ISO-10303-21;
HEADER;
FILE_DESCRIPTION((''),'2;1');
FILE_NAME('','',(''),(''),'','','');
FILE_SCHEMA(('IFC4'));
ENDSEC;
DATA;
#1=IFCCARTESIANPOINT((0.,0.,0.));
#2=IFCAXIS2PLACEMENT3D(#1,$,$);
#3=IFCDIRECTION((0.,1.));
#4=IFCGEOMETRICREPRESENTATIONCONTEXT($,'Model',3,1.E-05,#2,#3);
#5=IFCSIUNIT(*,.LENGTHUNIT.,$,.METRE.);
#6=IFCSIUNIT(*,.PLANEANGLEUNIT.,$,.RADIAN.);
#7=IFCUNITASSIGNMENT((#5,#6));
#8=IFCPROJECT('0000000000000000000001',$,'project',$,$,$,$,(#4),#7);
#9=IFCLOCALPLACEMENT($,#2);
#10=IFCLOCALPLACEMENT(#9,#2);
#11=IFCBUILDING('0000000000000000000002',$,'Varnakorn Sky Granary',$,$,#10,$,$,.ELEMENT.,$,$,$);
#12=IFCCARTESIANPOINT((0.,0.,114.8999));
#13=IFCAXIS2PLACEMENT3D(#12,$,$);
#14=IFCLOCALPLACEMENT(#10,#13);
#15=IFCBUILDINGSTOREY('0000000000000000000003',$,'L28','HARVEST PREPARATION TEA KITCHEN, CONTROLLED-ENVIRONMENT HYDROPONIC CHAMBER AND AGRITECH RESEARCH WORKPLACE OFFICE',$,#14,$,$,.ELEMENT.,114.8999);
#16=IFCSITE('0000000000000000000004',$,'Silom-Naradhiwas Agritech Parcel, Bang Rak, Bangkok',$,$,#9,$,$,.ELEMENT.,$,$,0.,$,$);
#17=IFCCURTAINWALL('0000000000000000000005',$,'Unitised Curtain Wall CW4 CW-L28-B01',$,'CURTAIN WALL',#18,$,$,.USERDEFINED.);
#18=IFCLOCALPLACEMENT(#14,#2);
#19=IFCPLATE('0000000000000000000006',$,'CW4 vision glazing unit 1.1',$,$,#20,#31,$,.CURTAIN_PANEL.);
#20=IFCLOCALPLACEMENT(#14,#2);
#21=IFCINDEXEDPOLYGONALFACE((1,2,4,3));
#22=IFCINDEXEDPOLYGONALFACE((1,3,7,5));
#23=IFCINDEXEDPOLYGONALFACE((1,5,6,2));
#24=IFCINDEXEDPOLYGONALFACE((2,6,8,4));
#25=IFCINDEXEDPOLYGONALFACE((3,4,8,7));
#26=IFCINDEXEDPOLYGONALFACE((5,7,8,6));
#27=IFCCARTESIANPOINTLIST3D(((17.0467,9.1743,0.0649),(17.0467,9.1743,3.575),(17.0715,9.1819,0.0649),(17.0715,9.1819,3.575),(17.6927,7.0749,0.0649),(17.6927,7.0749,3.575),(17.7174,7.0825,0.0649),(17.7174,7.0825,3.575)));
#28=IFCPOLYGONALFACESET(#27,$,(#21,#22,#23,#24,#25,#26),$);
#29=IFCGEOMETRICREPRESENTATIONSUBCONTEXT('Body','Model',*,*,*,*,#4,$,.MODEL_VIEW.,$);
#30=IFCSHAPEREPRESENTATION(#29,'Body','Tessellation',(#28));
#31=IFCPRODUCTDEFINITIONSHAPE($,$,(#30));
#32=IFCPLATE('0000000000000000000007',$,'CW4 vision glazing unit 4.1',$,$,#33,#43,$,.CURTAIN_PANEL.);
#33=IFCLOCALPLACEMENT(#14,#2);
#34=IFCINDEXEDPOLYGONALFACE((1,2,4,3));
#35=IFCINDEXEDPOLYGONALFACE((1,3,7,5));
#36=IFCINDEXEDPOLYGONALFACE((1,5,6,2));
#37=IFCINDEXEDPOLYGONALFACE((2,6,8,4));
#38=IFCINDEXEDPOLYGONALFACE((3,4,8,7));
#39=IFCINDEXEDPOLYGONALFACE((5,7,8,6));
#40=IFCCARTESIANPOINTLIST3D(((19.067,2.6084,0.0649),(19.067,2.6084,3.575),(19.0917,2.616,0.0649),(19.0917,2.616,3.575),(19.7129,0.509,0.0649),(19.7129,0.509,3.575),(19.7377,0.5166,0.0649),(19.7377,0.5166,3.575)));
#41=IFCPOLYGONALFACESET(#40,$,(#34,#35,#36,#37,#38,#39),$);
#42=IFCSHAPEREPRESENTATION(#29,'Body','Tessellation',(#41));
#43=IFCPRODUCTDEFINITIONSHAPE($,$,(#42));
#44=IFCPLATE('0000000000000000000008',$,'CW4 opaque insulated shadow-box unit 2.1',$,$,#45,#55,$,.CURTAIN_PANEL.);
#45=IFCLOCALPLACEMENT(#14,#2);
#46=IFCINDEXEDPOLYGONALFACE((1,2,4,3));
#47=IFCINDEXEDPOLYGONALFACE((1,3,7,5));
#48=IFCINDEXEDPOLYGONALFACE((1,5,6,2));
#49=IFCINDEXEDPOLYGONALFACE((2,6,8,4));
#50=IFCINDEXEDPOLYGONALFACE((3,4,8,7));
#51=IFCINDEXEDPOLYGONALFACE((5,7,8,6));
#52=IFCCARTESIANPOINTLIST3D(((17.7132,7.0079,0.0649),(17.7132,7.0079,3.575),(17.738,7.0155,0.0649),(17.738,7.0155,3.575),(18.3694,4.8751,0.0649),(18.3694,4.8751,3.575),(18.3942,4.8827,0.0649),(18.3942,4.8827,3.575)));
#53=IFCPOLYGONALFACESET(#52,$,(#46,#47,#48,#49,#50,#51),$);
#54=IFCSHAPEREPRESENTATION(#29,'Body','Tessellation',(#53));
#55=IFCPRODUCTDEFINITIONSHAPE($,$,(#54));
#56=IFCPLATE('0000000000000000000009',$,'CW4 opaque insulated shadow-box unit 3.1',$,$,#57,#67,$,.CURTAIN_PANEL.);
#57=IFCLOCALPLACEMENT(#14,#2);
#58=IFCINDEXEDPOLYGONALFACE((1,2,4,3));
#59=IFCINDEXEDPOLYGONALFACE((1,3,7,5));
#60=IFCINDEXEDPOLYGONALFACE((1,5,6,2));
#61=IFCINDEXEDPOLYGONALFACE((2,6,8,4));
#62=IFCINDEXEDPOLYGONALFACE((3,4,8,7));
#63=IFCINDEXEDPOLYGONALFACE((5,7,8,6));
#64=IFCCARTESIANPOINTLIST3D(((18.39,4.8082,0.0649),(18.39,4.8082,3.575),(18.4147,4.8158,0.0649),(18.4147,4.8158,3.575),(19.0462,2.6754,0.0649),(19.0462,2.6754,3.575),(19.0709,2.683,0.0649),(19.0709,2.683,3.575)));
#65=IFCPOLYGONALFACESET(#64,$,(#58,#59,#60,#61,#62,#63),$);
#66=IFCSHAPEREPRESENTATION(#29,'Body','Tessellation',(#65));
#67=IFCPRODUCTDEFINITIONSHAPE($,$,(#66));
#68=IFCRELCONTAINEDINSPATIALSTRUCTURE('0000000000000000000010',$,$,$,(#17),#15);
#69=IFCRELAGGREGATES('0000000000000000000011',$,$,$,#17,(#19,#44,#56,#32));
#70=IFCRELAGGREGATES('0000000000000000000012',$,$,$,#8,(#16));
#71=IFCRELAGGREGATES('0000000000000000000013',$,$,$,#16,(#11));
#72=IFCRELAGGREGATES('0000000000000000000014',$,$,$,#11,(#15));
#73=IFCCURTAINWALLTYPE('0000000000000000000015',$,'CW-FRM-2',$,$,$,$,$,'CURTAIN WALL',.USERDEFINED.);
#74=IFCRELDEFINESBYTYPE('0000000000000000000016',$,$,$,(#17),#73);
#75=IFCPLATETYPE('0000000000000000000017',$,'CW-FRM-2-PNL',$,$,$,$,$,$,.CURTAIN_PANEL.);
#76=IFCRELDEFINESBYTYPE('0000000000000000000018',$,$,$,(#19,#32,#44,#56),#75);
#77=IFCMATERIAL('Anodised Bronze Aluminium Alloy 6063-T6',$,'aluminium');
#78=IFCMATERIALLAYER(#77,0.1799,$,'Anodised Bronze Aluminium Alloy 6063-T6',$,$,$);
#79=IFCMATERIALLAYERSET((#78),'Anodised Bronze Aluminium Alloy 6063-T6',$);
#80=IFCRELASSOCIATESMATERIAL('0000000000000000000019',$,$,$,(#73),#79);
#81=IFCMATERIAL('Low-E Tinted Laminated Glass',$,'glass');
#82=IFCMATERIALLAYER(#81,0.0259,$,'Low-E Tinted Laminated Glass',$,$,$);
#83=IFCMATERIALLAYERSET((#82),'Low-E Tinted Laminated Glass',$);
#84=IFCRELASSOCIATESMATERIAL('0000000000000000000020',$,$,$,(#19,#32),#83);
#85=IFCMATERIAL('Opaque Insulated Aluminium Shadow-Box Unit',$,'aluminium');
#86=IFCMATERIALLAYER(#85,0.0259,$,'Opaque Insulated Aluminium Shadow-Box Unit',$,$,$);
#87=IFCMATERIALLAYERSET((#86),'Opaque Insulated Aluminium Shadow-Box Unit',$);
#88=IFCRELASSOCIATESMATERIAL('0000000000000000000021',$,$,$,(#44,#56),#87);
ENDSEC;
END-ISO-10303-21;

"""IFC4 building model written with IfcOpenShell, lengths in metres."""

from ifc_helpers import new_model, si_unit, direction, frame, origin, origin_2d, place, context, subcontext, project, spatial, rectangle, extrude, source, transform, mapped, material, layer, layer_set, type_object, type_shapes, element, aggregate, save


model = new_model("IFC4")

# Units and contexts
model_context = context("Model", 3, precision=1e-05, world=origin(), true_north=direction((0.0, 1.0)))
body_context = subcontext(model_context, "Body", "Model", "MODEL_VIEW")
ifc_project = project(units=[si_unit("LENGTHUNIT", "METRE"), si_unit("PLANEANGLEUNIT", "RADIAN")], contexts=[model_context])

# Site, building, storey
site_placement = place(None, origin())
site = spatial("IfcSite", under=ifc_project, at=site_placement, Name="Silom-Naradhiwas Agritech Parcel, Bang Rak, Bangkok", CompositionType="ELEMENT", RefElevation=0.0)
building_placement = place(site_placement, origin())
building = spatial("IfcBuilding", under=site, at=building_placement, Name="Varnakorn Sky Granary", CompositionType="ELEMENT")
storey_placement = place(building_placement, frame((0.0, 0.0, 114.8999)))
storey = spatial("IfcBuildingStorey", under=building, at=storey_placement, Name="L28", Description="HARVEST PREPARATION TEA KITCHEN, CONTROLLED-ENVIRONMENT HYDROPONIC CHAMBER AND AGRITECH RESEARCH WORKPLACE OFFICE", CompositionType="ELEMENT", Elevation=114.8999)

# Curtain wall
ifc_material_1 = material(Name="Anodised Bronze Aluminium Alloy 6063-T6", Category="aluminium")
ifc_layer_1 = layer(ifc_material_1, 0.1799, Name="Anodised Bronze Aluminium Alloy 6063-T6")
ifc_layer_set_1 = layer_set([ifc_layer_1], Name="Anodised Bronze Aluminium Alloy 6063-T6")
curtain_wall_type = type_object("IfcCurtainWallType", Name="CW-FRM-2", ElementType="CURTAIN WALL", PredefinedType="USERDEFINED", material=ifc_layer_set_1)
curtain_wall_placement = place(storey_placement, origin())
curtain_wall = element("IfcCurtainWall", 1, at=curtain_wall_placement, inside=storey, type_object=curtain_wall_type, Name="Unitised Curtain Wall CW4 CW-L28-B01", ObjectType="CURTAIN WALL", PredefinedType="USERDEFINED")

# Plates
ifc_material_2 = material(Name="Low-E Tinted Laminated Glass", Category="glass")
ifc_layer_2 = layer(ifc_material_2, 0.0259, Name="Low-E Tinted Laminated Glass")
ifc_layer_set_2 = layer_set([ifc_layer_2], Name="Low-E Tinted Laminated Glass")
plate_type = type_object("IfcPlateType", Name="CW-FRM-2-PNL", PredefinedType="CURTAIN_PANEL")
shared_shape_1 = source(origin(), body_context, "Body", "SweptSolid", [
    extrude(rectangle(XDim=2.1965, YDim=0.0259, at=origin_2d()), origin(), (0.0, 0.0, 1.0), 3.51),
])
plate_1_placement = place(storey_placement, frame((17.3821, 8.1284, 0.0649), z_axis=(0.0, 0.0, 1.0), x_axis=(0.294071, -0.955783, 0.0)))
plate_1 = element("IfcPlate", 2, at=plate_1_placement, type_object=plate_type, material=ifc_layer_set_2, Name="CW4 vision glazing unit 1.1", PredefinedType="CURTAIN_PANEL", context=body_context, shape_type="MappedRepresentation", body=[
    mapped(shared_shape_1, transform((0.0, 0.0, 0.0), x_axis=(1.0, 0.0, 0.0), y_axis=(0.0, 1.0, 0.0), z_axis=(0.0, 0.0, 1.0), scale=1.0)),
])
plate_2_placement = place(storey_placement, frame((19.4023, 1.5625, 0.0649), z_axis=(0.0, 0.0, 1.0), x_axis=(0.294071, -0.955783, 0.0)))
plate_2 = element("IfcPlate", 3, at=plate_2_placement, type_object=plate_type, material=ifc_layer_set_2, Name="CW4 vision glazing unit 4.1", PredefinedType="CURTAIN_PANEL", context=body_context, shape_type="MappedRepresentation", body=[
    mapped(shared_shape_1, transform((0.0, 0.0, 0.0), x_axis=(1.0, 0.0, 0.0), y_axis=(0.0, 1.0, 0.0), z_axis=(0.0, 0.0, 1.0), scale=1.0)),
])
ifc_material_3 = material(Name="Opaque Insulated Aluminium Shadow-Box Unit", Category="aluminium")
ifc_layer_3 = layer(ifc_material_3, 0.0259, Name="Opaque Insulated Aluminium Shadow-Box Unit")
ifc_layer_set_3 = layer_set([ifc_layer_3], Name="Opaque Insulated Aluminium Shadow-Box Unit")
shared_shape_2 = source(origin(), body_context, "Body", "SweptSolid", [
    extrude(rectangle(XDim=2.2314, YDim=0.0259, at=origin_2d()), origin(), (0.0, 0.0, 1.0), 3.51),
])
type_shapes(plate_type, [shared_shape_1, shared_shape_2])
plate_3_placement = place(storey_placement, frame((18.0537, 5.9453, 0.0649), z_axis=(0.0, 0.0, 1.0), x_axis=(0.294071, -0.955783, 0.0)))
plate_3 = element("IfcPlate", 4, at=plate_3_placement, type_object=plate_type, material=ifc_layer_set_3, Name="CW4 opaque insulated shadow-box unit 2.1", PredefinedType="CURTAIN_PANEL", context=body_context, shape_type="MappedRepresentation", body=[
    mapped(shared_shape_2, transform((0.0, 0.0, 0.0), x_axis=(1.0, 0.0, 0.0), y_axis=(0.0, 1.0, 0.0), z_axis=(0.0, 0.0, 1.0), scale=1.0)),
])
plate_4_placement = place(storey_placement, frame((18.7305, 3.7456, 0.0649), z_axis=(0.0, 0.0, 1.0), x_axis=(0.294071, -0.955783, 0.0)))
plate_4 = element("IfcPlate", 5, at=plate_4_placement, type_object=plate_type, material=ifc_layer_set_3, Name="CW4 opaque insulated shadow-box unit 3.1", PredefinedType="CURTAIN_PANEL", context=body_context, shape_type="MappedRepresentation", body=[
    mapped(shared_shape_2, transform((0.0, 0.0, 0.0), x_axis=(1.0, 0.0, 0.0), y_axis=(0.0, 1.0, 0.0), z_axis=(0.0, 0.0, 1.0), scale=1.0)),
])
aggregate(curtain_wall, [plate_1, plate_3, plate_4, plate_2])

save(model, "model.ifc")
